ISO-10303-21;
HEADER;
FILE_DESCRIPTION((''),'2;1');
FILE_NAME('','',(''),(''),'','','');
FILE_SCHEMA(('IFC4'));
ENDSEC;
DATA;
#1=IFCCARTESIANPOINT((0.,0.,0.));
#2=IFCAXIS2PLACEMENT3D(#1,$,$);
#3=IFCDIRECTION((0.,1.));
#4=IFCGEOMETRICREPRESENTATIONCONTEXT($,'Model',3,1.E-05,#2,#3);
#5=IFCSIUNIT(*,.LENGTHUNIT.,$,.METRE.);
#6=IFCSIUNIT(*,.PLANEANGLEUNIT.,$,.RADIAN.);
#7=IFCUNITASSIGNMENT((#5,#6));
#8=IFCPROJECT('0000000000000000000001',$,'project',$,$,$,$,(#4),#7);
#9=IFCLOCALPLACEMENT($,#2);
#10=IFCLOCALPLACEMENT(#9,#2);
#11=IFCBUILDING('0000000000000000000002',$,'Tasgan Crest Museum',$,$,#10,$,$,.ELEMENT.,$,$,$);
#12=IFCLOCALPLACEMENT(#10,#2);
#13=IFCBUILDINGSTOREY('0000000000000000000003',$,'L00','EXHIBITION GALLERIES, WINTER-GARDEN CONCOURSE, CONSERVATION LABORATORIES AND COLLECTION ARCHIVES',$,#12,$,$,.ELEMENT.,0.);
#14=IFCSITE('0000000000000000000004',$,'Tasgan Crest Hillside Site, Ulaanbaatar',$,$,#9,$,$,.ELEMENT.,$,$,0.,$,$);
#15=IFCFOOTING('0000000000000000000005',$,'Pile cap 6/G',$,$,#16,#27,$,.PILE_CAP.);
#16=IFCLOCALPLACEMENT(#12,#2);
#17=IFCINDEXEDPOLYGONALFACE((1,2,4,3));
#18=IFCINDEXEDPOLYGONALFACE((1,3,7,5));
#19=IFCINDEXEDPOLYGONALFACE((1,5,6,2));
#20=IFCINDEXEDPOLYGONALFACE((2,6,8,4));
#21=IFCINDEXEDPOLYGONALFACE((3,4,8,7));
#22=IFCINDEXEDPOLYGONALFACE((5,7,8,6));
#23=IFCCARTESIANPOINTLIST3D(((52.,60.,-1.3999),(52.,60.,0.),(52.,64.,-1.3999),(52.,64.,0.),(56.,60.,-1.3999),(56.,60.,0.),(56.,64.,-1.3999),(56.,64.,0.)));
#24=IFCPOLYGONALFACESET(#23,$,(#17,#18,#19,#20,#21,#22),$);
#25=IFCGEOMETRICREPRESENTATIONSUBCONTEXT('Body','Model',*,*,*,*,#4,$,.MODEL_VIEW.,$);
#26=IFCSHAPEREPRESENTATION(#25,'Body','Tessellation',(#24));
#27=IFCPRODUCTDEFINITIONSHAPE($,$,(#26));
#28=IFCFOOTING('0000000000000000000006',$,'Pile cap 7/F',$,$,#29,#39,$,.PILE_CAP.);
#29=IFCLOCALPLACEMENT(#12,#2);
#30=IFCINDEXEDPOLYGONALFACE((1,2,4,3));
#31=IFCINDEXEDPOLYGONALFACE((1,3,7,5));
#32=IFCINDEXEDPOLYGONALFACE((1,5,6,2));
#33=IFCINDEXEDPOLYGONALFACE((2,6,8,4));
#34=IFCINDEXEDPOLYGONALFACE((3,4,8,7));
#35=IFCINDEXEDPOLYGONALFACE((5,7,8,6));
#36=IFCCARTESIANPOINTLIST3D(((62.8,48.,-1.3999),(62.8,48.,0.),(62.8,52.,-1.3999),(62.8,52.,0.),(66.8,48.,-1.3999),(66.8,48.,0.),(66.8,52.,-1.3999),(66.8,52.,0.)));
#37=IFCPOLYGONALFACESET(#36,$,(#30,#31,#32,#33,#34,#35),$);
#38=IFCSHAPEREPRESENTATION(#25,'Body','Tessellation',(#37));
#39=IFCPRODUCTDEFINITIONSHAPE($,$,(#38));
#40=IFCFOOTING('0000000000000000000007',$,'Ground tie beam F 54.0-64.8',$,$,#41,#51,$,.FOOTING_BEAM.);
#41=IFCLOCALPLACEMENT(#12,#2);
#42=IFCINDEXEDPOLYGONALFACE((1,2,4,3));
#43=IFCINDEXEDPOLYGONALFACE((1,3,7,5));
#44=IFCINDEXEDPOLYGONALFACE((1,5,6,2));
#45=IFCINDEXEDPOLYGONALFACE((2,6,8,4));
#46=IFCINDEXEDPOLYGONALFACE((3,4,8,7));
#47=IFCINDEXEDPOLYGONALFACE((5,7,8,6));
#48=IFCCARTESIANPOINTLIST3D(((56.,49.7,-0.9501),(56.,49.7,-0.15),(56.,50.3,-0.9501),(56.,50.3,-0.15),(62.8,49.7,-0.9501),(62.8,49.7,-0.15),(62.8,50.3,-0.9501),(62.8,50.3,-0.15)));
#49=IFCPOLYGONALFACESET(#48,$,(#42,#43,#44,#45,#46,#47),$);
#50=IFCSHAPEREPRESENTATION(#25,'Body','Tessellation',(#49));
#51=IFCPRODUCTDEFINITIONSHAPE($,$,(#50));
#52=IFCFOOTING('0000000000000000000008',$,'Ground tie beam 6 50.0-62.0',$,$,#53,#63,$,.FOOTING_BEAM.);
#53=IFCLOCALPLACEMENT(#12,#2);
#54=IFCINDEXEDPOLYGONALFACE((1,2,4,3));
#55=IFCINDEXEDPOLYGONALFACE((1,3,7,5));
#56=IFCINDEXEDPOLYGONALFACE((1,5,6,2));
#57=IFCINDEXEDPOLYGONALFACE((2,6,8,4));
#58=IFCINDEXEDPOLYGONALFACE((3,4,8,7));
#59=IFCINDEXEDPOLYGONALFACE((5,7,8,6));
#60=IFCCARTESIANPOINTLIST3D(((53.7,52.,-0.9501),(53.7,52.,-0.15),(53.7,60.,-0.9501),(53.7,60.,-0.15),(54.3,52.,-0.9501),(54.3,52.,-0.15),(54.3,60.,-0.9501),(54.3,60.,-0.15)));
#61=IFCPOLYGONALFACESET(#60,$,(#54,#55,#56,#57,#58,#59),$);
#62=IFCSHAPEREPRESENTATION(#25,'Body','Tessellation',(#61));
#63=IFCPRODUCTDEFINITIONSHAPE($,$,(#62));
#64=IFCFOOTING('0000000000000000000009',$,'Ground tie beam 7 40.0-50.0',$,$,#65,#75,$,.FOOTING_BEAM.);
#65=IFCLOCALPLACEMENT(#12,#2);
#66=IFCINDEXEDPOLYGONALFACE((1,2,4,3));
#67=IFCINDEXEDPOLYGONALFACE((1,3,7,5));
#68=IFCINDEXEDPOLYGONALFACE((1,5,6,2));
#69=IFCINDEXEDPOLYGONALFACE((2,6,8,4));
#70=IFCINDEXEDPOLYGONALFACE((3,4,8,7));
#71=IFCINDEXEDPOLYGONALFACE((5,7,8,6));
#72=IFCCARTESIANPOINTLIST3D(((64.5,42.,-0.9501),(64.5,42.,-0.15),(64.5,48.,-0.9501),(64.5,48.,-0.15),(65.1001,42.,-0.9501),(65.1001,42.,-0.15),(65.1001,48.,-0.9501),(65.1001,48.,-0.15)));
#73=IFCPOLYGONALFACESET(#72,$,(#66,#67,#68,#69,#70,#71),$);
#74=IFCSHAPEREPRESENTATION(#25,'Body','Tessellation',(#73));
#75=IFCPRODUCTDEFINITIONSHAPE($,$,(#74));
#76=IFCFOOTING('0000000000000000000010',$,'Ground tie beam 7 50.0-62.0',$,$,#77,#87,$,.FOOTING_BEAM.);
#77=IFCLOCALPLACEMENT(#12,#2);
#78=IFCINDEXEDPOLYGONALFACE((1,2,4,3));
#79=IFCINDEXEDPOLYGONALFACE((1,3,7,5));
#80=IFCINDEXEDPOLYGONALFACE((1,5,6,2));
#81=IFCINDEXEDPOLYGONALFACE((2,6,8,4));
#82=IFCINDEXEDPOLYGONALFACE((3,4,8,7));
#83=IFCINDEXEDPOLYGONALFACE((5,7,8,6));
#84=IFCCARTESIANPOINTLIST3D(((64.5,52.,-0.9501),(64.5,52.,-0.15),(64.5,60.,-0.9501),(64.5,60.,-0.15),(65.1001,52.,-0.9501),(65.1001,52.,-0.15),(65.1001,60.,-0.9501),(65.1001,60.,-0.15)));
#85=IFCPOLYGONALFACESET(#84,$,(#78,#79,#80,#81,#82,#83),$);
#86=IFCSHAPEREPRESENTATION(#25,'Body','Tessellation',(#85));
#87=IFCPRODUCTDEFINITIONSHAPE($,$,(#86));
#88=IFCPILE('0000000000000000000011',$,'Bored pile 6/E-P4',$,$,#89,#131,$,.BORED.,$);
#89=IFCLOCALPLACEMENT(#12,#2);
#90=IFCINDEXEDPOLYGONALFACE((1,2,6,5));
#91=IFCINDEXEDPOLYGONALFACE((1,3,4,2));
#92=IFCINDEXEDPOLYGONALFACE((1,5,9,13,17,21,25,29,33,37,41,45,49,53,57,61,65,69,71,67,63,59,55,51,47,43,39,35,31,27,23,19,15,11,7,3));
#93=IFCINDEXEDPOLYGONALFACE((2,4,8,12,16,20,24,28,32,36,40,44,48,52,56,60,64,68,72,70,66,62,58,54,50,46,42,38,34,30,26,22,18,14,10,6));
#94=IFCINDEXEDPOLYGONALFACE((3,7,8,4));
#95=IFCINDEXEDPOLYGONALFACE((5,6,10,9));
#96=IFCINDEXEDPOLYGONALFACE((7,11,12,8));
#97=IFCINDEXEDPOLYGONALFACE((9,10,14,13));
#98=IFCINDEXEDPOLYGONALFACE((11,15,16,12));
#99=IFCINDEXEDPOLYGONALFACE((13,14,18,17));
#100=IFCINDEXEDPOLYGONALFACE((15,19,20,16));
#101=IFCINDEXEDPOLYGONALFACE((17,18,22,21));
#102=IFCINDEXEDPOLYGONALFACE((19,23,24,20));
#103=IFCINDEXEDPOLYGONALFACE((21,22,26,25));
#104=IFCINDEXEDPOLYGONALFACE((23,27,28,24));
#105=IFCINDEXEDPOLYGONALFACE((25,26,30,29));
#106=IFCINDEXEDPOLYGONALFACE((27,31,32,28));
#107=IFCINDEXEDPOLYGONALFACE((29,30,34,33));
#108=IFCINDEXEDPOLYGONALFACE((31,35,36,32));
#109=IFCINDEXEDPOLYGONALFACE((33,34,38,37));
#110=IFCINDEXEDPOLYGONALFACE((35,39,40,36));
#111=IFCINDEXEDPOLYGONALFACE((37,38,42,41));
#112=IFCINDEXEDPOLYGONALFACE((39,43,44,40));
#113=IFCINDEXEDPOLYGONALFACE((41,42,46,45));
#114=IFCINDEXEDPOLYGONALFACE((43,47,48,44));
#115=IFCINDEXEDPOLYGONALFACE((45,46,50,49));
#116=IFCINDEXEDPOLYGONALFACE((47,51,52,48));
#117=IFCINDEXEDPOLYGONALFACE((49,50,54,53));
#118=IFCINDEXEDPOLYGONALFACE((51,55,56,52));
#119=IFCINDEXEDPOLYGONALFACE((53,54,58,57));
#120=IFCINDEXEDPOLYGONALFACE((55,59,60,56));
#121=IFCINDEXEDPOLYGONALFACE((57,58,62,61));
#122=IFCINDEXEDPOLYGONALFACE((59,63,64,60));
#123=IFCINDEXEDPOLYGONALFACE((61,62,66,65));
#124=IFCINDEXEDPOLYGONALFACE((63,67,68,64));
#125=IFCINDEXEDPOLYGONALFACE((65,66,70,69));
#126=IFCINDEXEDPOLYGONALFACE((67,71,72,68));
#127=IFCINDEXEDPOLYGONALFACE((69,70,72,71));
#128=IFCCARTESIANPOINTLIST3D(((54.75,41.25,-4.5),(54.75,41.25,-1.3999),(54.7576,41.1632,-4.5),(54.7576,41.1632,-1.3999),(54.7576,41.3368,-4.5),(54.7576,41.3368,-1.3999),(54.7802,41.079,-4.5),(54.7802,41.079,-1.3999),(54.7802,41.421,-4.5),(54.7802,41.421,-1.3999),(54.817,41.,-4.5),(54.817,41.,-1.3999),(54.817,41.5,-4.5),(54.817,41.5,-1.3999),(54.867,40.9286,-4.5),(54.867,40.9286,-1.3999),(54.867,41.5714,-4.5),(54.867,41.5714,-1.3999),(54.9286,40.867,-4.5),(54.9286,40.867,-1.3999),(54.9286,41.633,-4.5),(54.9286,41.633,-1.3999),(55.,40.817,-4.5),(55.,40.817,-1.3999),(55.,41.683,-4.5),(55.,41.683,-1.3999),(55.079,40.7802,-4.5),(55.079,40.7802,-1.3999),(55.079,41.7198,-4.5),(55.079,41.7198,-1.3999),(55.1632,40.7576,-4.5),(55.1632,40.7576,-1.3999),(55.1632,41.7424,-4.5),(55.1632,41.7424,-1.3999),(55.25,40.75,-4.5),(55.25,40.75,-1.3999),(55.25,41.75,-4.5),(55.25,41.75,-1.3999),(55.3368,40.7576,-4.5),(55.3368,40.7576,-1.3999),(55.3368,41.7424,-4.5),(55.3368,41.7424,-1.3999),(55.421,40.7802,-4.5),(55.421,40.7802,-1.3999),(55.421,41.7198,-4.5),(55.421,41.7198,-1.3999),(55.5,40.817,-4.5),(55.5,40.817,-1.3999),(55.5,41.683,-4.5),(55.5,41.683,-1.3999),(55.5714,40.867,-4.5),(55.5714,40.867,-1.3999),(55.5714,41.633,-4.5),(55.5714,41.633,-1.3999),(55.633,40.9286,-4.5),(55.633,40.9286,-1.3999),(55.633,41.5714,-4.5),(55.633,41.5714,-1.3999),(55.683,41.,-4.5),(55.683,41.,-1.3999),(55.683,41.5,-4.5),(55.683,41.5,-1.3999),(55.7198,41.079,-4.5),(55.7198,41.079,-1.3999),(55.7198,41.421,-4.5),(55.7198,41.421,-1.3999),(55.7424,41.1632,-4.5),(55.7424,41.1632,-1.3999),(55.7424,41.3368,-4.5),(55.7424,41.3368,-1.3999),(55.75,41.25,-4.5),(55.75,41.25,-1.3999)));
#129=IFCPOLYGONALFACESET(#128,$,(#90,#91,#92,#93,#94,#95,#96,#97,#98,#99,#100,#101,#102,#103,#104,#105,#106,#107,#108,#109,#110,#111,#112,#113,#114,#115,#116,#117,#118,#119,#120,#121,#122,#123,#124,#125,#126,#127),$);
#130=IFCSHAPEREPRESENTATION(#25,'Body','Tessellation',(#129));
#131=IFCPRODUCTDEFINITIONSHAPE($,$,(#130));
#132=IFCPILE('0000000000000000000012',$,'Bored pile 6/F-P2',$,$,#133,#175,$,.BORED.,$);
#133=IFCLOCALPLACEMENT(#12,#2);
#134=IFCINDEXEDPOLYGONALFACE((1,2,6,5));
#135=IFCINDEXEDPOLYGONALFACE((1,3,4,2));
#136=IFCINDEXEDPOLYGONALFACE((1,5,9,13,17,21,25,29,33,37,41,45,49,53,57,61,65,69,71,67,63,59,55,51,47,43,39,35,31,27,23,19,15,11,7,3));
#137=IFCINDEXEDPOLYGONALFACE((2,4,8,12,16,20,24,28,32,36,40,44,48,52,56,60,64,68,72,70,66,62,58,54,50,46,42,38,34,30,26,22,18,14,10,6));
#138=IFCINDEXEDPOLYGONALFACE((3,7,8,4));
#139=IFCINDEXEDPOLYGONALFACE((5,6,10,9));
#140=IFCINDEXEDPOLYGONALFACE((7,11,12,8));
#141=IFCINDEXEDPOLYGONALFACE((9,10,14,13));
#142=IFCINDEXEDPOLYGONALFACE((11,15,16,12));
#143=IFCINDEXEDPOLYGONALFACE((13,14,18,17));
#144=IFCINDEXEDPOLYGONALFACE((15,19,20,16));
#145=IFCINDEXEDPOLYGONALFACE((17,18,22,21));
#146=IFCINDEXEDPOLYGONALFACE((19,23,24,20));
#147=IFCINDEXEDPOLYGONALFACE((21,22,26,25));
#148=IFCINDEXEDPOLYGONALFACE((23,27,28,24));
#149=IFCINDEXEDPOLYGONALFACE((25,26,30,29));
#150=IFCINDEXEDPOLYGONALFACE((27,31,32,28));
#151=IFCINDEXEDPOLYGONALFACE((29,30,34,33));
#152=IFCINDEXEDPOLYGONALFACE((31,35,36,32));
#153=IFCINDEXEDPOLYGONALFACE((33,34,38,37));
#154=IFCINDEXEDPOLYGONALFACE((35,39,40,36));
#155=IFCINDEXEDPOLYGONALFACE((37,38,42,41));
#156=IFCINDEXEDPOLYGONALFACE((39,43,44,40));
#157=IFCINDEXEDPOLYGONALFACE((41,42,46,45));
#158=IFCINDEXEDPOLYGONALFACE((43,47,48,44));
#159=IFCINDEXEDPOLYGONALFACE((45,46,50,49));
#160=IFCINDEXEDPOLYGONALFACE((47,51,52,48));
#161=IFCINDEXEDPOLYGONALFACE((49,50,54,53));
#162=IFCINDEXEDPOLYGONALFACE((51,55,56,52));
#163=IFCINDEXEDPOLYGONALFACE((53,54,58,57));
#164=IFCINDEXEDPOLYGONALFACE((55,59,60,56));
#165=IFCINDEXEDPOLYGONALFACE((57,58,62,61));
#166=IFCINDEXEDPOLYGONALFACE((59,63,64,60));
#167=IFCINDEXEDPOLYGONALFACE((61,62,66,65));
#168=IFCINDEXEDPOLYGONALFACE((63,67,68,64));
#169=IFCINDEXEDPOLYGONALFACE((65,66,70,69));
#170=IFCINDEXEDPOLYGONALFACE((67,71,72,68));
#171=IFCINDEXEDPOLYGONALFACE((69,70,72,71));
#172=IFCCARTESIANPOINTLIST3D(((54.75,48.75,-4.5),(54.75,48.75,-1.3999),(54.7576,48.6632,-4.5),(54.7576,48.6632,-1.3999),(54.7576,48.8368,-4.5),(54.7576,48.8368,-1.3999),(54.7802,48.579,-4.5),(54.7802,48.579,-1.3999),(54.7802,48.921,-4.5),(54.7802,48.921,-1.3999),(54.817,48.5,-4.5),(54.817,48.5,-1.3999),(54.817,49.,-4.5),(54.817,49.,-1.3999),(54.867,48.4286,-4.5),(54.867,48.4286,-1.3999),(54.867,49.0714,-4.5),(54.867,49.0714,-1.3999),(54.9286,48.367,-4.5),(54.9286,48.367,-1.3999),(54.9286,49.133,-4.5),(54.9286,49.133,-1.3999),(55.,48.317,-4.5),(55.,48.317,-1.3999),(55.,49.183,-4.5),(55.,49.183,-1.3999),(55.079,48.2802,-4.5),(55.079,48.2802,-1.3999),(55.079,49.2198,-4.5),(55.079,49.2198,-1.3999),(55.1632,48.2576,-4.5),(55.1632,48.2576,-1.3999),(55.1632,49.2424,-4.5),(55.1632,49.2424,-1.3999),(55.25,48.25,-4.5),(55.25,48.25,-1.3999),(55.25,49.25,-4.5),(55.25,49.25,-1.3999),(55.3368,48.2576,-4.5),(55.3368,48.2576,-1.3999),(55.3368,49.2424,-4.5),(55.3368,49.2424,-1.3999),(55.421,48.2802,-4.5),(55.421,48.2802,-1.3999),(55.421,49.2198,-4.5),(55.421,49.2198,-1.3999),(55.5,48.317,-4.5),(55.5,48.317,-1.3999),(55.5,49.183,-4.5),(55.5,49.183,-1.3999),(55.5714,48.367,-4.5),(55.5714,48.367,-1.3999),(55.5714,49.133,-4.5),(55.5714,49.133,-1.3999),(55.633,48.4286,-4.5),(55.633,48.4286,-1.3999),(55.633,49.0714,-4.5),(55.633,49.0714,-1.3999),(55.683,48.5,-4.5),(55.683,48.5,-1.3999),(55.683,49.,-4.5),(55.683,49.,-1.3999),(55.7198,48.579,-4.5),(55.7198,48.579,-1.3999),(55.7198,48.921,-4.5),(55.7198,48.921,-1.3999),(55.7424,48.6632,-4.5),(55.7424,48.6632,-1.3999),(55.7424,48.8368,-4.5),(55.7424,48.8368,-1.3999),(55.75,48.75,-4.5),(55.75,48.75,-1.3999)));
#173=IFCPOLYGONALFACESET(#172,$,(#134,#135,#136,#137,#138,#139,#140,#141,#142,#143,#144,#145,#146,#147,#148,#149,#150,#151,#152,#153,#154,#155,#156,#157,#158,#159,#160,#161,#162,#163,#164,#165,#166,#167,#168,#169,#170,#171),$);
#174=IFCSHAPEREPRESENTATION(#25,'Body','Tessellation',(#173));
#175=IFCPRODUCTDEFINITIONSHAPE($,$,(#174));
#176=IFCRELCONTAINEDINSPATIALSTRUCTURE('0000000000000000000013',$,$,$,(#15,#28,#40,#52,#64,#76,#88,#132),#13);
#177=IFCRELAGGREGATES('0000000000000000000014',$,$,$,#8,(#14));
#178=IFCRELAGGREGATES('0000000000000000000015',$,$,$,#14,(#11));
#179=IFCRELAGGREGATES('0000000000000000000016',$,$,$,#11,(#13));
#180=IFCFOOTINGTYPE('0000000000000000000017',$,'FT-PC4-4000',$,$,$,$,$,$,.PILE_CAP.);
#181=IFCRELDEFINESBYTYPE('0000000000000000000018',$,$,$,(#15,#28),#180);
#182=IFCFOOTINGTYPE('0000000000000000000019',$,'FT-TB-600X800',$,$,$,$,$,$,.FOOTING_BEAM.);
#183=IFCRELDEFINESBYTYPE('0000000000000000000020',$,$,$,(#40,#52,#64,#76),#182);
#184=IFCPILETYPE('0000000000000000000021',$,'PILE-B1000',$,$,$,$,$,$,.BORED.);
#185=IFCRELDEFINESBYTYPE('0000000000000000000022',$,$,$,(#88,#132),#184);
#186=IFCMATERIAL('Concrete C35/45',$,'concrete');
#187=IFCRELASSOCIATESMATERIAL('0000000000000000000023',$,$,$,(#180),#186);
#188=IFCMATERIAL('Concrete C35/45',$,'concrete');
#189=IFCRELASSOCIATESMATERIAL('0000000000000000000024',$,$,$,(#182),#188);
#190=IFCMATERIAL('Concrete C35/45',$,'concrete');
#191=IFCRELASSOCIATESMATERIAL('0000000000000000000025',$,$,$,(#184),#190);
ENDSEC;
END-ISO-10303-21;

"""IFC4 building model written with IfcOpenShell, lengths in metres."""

from ifc_helpers import new_model, si_unit, direction, frame, origin, origin_2d, place, context, subcontext, project, spatial, rectangle, circle, extrude, material, material_profile, profile_set, type_object, element, save


model = new_model("IFC4")

# Units and contexts
model_context = context("Model", 3, precision=1e-05, world=origin(), true_north=direction((0.0, 1.0)))
body_context = subcontext(model_context, "Body", "Model", "MODEL_VIEW")
ifc_project = project(units=[si_unit("LENGTHUNIT", "METRE"), si_unit("PLANEANGLEUNIT", "RADIAN")], contexts=[model_context])

# Site, building, storey
site_placement = place(None, origin())
site = spatial("IfcSite", under=ifc_project, at=site_placement, Name="Tasgan Crest Hillside Site, Ulaanbaatar", CompositionType="ELEMENT", RefElevation=0.0)
building_placement = place(site_placement, origin())
building = spatial("IfcBuilding", under=site, at=building_placement, Name="Tasgan Crest Museum", CompositionType="ELEMENT")
storey_placement = place(building_placement, origin())
storey = spatial("IfcBuildingStorey", under=building, at=storey_placement, Name="L00", Description="EXHIBITION GALLERIES, WINTER-GARDEN CONCOURSE, CONSERVATION LABORATORIES AND COLLECTION ARCHIVES", CompositionType="ELEMENT", Elevation=0.0)

# Footings
ifc_material_1 = material(Name="Concrete C35/45", Category="concrete")
footing_type_1 = type_object("IfcFootingType", Name="FT-PC4-4000", PredefinedType="PILE_CAP", material=ifc_material_1)
for number, where, z_axis, x_axis, name in (
    (1, (54.0, 62.0, -1.3999), (0.0, 0.0, 1.0), (1.0, 0.0, 0.0), "Pile cap 6/G"),
    (2, (64.8, 50.0, -1.3999), (0.0, 0.0, 1.0), (1.0, 0.0, 0.0), "Pile cap 7/F"),
):
    element("IfcFooting", number, at=place(storey_placement, frame(where, z_axis=z_axis, x_axis=x_axis)), inside=storey, type_object=footing_type_1, Name=name, PredefinedType="PILE_CAP", context=body_context, shape_type="SweptSolid", body=[
        extrude(rectangle(XDim=4.0, YDim=4.0, at=origin_2d()), origin(), (0.0, 0.0, 1.0), 1.3999),
    ])
ifc_material_2 = material(Name="Concrete C35/45", Category="concrete")
ifc_material_profile_1 = material_profile(ifc_material_2, rectangle(XDim=0.6001, YDim=0.8, at=origin_2d()), Name="TB 600x800")
ifc_profile_set_1 = profile_set([ifc_material_profile_1], Name="Concrete C35/45")
footing_type_2 = type_object("IfcFootingType", Name="FT-TB-600X800", PredefinedType="FOOTING_BEAM", material=ifc_profile_set_1)
footing_1_placement = place(storey_placement, frame((56.0, 50.0, -0.55), z_axis=(1.0, 0.0, 0.0), x_axis=(0.0, 1.0, 0.0)))
element("IfcFooting", 3, at=footing_1_placement, inside=storey, type_object=footing_type_2, Name="Ground tie beam F 54.0-64.8", PredefinedType="FOOTING_BEAM", context=body_context, shape_type="SweptSolid", body=[
    extrude(rectangle(XDim=0.6001, YDim=0.8, at=origin_2d()), origin(), (0.0, 0.0, 1.0), 6.8),
])
footing_2_placement = place(storey_placement, frame((54.0, 52.0, -0.55), z_axis=(0.0, 1.0, 0.0), x_axis=(-1.0, 0.0, 0.0)))
element("IfcFooting", 4, at=footing_2_placement, inside=storey, type_object=footing_type_2, Name="Ground tie beam 6 50.0-62.0", PredefinedType="FOOTING_BEAM", context=body_context, shape_type="SweptSolid", body=[
    extrude(rectangle(XDim=0.6001, YDim=0.8, at=origin_2d()), origin(), (0.0, 0.0, 1.0), 8.0),
])
footing_3_placement = place(storey_placement, frame((64.8, 42.0, -0.55), z_axis=(0.0, 1.0, 0.0), x_axis=(-1.0, 0.0, 0.0)))
element("IfcFooting", 5, at=footing_3_placement, inside=storey, type_object=footing_type_2, Name="Ground tie beam 7 40.0-50.0", PredefinedType="FOOTING_BEAM", context=body_context, shape_type="SweptSolid", body=[
    extrude(rectangle(XDim=0.6001, YDim=0.8, at=origin_2d()), origin(), (0.0, 0.0, 1.0), 6.0),
])
footing_4_placement = place(storey_placement, frame((64.8, 52.0, -0.55), z_axis=(0.0, 1.0, 0.0), x_axis=(-1.0, 0.0, 0.0)))
element("IfcFooting", 6, at=footing_4_placement, inside=storey, type_object=footing_type_2, Name="Ground tie beam 7 50.0-62.0", PredefinedType="FOOTING_BEAM", context=body_context, shape_type="SweptSolid", body=[
    extrude(rectangle(XDim=0.6001, YDim=0.8, at=origin_2d()), origin(), (0.0, 0.0, 1.0), 8.0),
])

# Piles
ifc_material_3 = material(Name="Concrete C35/45", Category="concrete")
ifc_material_profile_2 = material_profile(ifc_material_3, circle(Radius=0.5, at=origin_2d()), Name="PILE D1000")
ifc_profile_set_2 = profile_set([ifc_material_profile_2], Name="Concrete C35/45")
pile_type = type_object("IfcPileType", Name="PILE-B1000", PredefinedType="BORED", material=ifc_profile_set_2)
for number, where, z_axis, x_axis, name in (
    (7, (55.25, 41.25, -1.3999), (0.0, 0.0, -1.0), (1.0, 0.0, 0.0), "Bored pile 6/E-P4"),
    (8, (55.25, 48.75, -1.3999), (0.0, 0.0, -1.0), (1.0, 0.0, 0.0), "Bored pile 6/F-P2"),
):
    element("IfcPile", number, at=place(storey_placement, frame(where, z_axis=z_axis, x_axis=x_axis)), inside=storey, type_object=pile_type, Name=name, PredefinedType="BORED", context=body_context, shape_type="SweptSolid", body=[
        extrude(circle(Radius=0.5, at=origin_2d()), origin(), (0.0, 0.0, 1.0), 3.1001),
    ])

save(model, "model.ifc")
